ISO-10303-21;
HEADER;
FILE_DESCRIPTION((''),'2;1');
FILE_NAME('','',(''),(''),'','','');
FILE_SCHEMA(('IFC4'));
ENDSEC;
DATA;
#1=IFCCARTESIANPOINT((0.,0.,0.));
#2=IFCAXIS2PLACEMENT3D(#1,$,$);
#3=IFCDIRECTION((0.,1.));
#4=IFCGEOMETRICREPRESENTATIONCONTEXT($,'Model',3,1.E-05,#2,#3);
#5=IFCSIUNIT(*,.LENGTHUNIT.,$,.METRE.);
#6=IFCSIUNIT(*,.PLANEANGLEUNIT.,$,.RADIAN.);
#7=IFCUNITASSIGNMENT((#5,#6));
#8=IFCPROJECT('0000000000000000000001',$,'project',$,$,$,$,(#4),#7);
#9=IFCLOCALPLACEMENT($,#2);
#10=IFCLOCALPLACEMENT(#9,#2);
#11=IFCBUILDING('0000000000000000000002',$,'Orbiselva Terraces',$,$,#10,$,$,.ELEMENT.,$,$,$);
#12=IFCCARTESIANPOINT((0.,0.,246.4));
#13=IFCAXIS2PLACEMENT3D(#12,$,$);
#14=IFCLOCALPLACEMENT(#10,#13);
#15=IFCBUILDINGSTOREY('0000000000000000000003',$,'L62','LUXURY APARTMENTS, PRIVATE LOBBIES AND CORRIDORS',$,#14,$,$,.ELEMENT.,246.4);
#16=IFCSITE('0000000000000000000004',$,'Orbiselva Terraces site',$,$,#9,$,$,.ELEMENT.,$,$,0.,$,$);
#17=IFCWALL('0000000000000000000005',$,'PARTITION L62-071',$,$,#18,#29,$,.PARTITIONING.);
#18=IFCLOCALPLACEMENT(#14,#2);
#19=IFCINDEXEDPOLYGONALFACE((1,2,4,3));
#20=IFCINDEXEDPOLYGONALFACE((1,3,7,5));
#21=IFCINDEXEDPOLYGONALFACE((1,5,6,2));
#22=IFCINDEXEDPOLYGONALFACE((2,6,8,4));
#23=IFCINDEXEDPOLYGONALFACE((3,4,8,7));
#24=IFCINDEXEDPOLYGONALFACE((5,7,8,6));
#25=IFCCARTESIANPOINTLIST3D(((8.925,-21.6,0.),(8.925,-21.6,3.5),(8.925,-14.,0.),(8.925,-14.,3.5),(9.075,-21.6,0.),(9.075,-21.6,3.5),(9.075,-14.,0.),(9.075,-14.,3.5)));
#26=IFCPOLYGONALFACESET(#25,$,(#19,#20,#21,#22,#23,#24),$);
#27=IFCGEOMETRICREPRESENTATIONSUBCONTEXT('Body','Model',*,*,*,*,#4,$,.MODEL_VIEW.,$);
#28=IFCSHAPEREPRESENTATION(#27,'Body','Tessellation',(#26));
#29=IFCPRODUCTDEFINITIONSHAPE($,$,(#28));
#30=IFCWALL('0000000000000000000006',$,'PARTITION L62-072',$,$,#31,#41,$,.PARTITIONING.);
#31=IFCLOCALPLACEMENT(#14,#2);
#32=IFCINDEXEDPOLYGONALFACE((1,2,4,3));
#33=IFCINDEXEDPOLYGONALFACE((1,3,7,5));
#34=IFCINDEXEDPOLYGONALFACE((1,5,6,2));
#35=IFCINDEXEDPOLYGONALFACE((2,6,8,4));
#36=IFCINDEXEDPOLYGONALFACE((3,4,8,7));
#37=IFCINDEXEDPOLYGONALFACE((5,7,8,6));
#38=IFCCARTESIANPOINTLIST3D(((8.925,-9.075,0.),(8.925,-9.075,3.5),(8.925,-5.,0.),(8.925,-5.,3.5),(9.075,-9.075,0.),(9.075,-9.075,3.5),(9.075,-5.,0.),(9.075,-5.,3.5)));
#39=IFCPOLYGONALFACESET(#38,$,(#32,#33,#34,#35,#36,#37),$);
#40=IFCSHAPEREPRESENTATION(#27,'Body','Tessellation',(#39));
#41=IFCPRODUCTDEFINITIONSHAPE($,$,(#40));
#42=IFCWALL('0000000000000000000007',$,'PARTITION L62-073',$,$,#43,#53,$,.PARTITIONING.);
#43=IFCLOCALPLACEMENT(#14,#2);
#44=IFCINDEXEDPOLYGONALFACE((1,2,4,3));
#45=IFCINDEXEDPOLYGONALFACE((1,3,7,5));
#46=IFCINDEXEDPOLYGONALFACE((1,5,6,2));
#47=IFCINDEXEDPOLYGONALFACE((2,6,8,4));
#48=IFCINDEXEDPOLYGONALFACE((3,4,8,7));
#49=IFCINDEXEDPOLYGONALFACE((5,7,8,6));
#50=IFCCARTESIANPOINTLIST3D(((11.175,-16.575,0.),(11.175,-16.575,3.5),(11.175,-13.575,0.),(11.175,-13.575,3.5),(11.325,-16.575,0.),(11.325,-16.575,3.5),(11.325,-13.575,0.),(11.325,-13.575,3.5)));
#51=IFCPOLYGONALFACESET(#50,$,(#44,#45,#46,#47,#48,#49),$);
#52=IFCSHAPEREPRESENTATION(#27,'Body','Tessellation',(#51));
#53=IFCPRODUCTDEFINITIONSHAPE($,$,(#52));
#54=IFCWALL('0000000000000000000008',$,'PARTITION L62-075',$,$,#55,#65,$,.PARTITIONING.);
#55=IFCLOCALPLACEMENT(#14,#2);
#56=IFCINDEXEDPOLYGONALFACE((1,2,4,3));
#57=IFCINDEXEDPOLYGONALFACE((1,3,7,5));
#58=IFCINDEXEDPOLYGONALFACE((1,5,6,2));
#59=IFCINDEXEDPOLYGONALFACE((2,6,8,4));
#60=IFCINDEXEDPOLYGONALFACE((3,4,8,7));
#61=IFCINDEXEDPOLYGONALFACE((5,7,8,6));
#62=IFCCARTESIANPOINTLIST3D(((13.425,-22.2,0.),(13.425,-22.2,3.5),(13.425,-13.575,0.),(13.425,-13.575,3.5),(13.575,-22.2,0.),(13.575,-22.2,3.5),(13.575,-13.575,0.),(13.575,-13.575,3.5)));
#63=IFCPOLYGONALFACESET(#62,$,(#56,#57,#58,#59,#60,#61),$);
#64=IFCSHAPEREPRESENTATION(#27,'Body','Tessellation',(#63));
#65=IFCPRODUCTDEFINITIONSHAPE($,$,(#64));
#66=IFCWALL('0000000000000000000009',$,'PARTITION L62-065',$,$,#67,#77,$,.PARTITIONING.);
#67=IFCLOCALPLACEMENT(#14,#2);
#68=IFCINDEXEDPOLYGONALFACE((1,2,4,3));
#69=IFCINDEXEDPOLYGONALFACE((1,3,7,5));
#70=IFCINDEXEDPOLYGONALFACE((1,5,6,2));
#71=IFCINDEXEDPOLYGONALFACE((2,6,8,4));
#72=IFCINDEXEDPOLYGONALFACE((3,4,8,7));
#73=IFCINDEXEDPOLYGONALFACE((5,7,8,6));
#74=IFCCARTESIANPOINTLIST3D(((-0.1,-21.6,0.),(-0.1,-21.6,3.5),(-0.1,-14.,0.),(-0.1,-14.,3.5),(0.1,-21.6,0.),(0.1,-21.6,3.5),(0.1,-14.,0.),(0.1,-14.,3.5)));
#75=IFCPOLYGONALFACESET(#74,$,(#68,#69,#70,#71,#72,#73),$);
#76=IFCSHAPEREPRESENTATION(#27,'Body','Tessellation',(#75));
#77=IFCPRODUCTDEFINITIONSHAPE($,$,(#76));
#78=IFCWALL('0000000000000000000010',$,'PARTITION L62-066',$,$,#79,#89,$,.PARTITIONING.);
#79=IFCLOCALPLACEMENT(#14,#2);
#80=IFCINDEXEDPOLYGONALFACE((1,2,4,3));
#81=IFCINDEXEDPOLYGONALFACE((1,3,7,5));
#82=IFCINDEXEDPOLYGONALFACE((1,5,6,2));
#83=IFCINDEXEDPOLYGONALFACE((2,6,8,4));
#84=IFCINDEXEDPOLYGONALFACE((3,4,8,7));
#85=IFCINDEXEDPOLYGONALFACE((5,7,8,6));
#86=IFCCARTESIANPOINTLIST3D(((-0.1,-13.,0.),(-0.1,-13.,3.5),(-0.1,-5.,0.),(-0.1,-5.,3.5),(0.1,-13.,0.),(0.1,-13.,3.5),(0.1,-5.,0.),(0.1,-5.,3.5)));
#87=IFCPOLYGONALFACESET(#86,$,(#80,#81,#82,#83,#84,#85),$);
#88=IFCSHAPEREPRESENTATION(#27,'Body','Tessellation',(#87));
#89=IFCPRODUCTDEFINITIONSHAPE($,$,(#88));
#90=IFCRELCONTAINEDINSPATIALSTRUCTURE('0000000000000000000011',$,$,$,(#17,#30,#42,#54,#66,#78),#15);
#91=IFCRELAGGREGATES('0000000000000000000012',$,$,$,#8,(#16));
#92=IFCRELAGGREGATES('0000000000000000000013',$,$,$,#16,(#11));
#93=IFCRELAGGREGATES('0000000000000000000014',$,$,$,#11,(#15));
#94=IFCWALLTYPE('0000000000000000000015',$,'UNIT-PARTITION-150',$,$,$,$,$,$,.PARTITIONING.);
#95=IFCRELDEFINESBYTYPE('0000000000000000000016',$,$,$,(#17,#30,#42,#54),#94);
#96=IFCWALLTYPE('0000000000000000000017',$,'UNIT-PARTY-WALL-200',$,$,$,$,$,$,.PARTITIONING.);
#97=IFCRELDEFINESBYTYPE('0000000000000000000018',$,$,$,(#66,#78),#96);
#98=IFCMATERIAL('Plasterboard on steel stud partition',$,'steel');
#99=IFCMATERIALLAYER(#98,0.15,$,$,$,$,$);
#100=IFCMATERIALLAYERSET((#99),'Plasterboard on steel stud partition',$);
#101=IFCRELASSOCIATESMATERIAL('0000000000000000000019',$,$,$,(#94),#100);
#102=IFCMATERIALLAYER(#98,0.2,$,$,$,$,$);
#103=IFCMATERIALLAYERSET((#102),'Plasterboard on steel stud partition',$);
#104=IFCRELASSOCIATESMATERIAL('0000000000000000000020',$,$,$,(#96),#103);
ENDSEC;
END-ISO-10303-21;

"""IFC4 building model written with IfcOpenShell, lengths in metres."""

from ifc_helpers import new_model, si_unit, direction, frame, frame_2d, origin, place, context, subcontext, project, spatial, rectangle, extrude, material, layer, layer_set, type_object, element, save


model = new_model("IFC4")

# Units and contexts
model_context = context("Model", 3, precision=1e-05, world=origin(), true_north=direction((0.0, 1.0)))
body_context = subcontext(model_context, "Body", "Model", "MODEL_VIEW")
ifc_project = project(units=[si_unit("LENGTHUNIT", "METRE"), si_unit("PLANEANGLEUNIT", "RADIAN")], contexts=[model_context])

# Site, building, storey
site_placement = place(None, origin())
site = spatial("IfcSite", under=ifc_project, at=site_placement, Name="Orbiselva Terraces site", CompositionType="ELEMENT", RefElevation=0.0)
building_placement = place(site_placement, origin())
building = spatial("IfcBuilding", under=site, at=building_placement, Name="Orbiselva Terraces", CompositionType="ELEMENT")
storey_placement = place(building_placement, frame((0.0, 0.0, 246.4)))
storey = spatial("IfcBuildingStorey", under=building, at=storey_placement, Name="L62", Description="LUXURY APARTMENTS, PRIVATE LOBBIES AND CORRIDORS", CompositionType="ELEMENT", Elevation=246.4)

# Shared definitions
ifc_material_1 = material(Name="Plasterboard on steel stud partition", Category="steel")
ifc_layer_1 = layer(ifc_material_1, 0.15)
ifc_layer_set_1 = layer_set([ifc_layer_1], Name="Plasterboard on steel stud partition")
wall_type_1 = type_object("IfcWallType", Name="UNIT-PARTITION-150", PredefinedType="PARTITIONING", material=ifc_layer_set_1)

# Walls
wall_1_placement = place(storey_placement, frame((9.0, -21.6, 0.0), z_axis=(0.0, 0.0, 1.0), x_axis=(0.0, 1.0, 0.0)))
element("IfcWall", 1, at=wall_1_placement, inside=storey, type_object=wall_type_1, Name="PARTITION L62-071", PredefinedType="PARTITIONING", context=body_context, shape_type="SweptSolid", body=[
    extrude(rectangle(XDim=7.6, YDim=0.15, at=frame_2d((3.8, 0.0))), origin(), (0.0, 0.0, 1.0), 3.5),
])
wall_2_placement = place(storey_placement, frame((9.0, -9.075, 0.0), z_axis=(0.0, 0.0, 1.0), x_axis=(0.0, 1.0, 0.0)))
element("IfcWall", 2, at=wall_2_placement, inside=storey, type_object=wall_type_1, Name="PARTITION L62-072", PredefinedType="PARTITIONING", context=body_context, shape_type="SweptSolid", body=[
    extrude(rectangle(XDim=4.075, YDim=0.15, at=frame_2d((2.0375, 0.0))), origin(), (0.0, 0.0, 1.0), 3.5),
])
wall_3_placement = place(storey_placement, frame((11.25, -16.575, 0.0), z_axis=(0.0, 0.0, 1.0), x_axis=(0.0, 1.0, 0.0)))
element("IfcWall", 3, at=wall_3_placement, inside=storey, type_object=wall_type_1, Name="PARTITION L62-073", PredefinedType="PARTITIONING", context=body_context, shape_type="SweptSolid", body=[
    extrude(rectangle(XDim=3.0, YDim=0.15, at=frame_2d((1.5, 0.0))), origin(), (0.0, 0.0, 1.0), 3.5),
])
wall_4_placement = place(storey_placement, frame((13.5, -22.2, 0.0), z_axis=(0.0, 0.0, 1.0), x_axis=(0.0, 1.0, 0.0)))
element("IfcWall", 4, at=wall_4_placement, inside=storey, type_object=wall_type_1, Name="PARTITION L62-075", PredefinedType="PARTITIONING", context=body_context, shape_type="SweptSolid", body=[
    extrude(rectangle(XDim=8.625, YDim=0.15, at=frame_2d((4.3125, 0.0))), origin(), (0.0, 0.0, 1.0), 3.5),
])
ifc_layer_2 = layer(ifc_material_1, 0.2)
ifc_layer_set_2 = layer_set([ifc_layer_2], Name="Plasterboard on steel stud partition")
wall_type_2 = type_object("IfcWallType", Name="UNIT-PARTY-WALL-200", PredefinedType="PARTITIONING", material=ifc_layer_set_2)
wall_5_placement = place(storey_placement, frame((0.0, -21.6, 0.0), z_axis=(0.0, 0.0, 1.0), x_axis=(0.0, 1.0, 0.0)))
element("IfcWall", 5, at=wall_5_placement, inside=storey, type_object=wall_type_2, Name="PARTITION L62-065", PredefinedType="PARTITIONING", context=body_context, shape_type="SweptSolid", body=[
    extrude(rectangle(XDim=7.6, YDim=0.2, at=frame_2d((3.8, 0.0))), origin(), (0.0, 0.0, 1.0), 3.5),
])
wall_6_placement = place(storey_placement, frame((0.0, -13.0, 0.0), z_axis=(0.0, 0.0, 1.0), x_axis=(0.0, 1.0, 0.0)))
element("IfcWall", 6, at=wall_6_placement, inside=storey, type_object=wall_type_2, Name="PARTITION L62-066", PredefinedType="PARTITIONING", context=body_context, shape_type="SweptSolid", body=[
    extrude(rectangle(XDim=8.0, YDim=0.2, at=frame_2d((4.0, 0.0))), origin(), (0.0, 0.0, 1.0), 3.5),
])

save(model, "model.ifc")
